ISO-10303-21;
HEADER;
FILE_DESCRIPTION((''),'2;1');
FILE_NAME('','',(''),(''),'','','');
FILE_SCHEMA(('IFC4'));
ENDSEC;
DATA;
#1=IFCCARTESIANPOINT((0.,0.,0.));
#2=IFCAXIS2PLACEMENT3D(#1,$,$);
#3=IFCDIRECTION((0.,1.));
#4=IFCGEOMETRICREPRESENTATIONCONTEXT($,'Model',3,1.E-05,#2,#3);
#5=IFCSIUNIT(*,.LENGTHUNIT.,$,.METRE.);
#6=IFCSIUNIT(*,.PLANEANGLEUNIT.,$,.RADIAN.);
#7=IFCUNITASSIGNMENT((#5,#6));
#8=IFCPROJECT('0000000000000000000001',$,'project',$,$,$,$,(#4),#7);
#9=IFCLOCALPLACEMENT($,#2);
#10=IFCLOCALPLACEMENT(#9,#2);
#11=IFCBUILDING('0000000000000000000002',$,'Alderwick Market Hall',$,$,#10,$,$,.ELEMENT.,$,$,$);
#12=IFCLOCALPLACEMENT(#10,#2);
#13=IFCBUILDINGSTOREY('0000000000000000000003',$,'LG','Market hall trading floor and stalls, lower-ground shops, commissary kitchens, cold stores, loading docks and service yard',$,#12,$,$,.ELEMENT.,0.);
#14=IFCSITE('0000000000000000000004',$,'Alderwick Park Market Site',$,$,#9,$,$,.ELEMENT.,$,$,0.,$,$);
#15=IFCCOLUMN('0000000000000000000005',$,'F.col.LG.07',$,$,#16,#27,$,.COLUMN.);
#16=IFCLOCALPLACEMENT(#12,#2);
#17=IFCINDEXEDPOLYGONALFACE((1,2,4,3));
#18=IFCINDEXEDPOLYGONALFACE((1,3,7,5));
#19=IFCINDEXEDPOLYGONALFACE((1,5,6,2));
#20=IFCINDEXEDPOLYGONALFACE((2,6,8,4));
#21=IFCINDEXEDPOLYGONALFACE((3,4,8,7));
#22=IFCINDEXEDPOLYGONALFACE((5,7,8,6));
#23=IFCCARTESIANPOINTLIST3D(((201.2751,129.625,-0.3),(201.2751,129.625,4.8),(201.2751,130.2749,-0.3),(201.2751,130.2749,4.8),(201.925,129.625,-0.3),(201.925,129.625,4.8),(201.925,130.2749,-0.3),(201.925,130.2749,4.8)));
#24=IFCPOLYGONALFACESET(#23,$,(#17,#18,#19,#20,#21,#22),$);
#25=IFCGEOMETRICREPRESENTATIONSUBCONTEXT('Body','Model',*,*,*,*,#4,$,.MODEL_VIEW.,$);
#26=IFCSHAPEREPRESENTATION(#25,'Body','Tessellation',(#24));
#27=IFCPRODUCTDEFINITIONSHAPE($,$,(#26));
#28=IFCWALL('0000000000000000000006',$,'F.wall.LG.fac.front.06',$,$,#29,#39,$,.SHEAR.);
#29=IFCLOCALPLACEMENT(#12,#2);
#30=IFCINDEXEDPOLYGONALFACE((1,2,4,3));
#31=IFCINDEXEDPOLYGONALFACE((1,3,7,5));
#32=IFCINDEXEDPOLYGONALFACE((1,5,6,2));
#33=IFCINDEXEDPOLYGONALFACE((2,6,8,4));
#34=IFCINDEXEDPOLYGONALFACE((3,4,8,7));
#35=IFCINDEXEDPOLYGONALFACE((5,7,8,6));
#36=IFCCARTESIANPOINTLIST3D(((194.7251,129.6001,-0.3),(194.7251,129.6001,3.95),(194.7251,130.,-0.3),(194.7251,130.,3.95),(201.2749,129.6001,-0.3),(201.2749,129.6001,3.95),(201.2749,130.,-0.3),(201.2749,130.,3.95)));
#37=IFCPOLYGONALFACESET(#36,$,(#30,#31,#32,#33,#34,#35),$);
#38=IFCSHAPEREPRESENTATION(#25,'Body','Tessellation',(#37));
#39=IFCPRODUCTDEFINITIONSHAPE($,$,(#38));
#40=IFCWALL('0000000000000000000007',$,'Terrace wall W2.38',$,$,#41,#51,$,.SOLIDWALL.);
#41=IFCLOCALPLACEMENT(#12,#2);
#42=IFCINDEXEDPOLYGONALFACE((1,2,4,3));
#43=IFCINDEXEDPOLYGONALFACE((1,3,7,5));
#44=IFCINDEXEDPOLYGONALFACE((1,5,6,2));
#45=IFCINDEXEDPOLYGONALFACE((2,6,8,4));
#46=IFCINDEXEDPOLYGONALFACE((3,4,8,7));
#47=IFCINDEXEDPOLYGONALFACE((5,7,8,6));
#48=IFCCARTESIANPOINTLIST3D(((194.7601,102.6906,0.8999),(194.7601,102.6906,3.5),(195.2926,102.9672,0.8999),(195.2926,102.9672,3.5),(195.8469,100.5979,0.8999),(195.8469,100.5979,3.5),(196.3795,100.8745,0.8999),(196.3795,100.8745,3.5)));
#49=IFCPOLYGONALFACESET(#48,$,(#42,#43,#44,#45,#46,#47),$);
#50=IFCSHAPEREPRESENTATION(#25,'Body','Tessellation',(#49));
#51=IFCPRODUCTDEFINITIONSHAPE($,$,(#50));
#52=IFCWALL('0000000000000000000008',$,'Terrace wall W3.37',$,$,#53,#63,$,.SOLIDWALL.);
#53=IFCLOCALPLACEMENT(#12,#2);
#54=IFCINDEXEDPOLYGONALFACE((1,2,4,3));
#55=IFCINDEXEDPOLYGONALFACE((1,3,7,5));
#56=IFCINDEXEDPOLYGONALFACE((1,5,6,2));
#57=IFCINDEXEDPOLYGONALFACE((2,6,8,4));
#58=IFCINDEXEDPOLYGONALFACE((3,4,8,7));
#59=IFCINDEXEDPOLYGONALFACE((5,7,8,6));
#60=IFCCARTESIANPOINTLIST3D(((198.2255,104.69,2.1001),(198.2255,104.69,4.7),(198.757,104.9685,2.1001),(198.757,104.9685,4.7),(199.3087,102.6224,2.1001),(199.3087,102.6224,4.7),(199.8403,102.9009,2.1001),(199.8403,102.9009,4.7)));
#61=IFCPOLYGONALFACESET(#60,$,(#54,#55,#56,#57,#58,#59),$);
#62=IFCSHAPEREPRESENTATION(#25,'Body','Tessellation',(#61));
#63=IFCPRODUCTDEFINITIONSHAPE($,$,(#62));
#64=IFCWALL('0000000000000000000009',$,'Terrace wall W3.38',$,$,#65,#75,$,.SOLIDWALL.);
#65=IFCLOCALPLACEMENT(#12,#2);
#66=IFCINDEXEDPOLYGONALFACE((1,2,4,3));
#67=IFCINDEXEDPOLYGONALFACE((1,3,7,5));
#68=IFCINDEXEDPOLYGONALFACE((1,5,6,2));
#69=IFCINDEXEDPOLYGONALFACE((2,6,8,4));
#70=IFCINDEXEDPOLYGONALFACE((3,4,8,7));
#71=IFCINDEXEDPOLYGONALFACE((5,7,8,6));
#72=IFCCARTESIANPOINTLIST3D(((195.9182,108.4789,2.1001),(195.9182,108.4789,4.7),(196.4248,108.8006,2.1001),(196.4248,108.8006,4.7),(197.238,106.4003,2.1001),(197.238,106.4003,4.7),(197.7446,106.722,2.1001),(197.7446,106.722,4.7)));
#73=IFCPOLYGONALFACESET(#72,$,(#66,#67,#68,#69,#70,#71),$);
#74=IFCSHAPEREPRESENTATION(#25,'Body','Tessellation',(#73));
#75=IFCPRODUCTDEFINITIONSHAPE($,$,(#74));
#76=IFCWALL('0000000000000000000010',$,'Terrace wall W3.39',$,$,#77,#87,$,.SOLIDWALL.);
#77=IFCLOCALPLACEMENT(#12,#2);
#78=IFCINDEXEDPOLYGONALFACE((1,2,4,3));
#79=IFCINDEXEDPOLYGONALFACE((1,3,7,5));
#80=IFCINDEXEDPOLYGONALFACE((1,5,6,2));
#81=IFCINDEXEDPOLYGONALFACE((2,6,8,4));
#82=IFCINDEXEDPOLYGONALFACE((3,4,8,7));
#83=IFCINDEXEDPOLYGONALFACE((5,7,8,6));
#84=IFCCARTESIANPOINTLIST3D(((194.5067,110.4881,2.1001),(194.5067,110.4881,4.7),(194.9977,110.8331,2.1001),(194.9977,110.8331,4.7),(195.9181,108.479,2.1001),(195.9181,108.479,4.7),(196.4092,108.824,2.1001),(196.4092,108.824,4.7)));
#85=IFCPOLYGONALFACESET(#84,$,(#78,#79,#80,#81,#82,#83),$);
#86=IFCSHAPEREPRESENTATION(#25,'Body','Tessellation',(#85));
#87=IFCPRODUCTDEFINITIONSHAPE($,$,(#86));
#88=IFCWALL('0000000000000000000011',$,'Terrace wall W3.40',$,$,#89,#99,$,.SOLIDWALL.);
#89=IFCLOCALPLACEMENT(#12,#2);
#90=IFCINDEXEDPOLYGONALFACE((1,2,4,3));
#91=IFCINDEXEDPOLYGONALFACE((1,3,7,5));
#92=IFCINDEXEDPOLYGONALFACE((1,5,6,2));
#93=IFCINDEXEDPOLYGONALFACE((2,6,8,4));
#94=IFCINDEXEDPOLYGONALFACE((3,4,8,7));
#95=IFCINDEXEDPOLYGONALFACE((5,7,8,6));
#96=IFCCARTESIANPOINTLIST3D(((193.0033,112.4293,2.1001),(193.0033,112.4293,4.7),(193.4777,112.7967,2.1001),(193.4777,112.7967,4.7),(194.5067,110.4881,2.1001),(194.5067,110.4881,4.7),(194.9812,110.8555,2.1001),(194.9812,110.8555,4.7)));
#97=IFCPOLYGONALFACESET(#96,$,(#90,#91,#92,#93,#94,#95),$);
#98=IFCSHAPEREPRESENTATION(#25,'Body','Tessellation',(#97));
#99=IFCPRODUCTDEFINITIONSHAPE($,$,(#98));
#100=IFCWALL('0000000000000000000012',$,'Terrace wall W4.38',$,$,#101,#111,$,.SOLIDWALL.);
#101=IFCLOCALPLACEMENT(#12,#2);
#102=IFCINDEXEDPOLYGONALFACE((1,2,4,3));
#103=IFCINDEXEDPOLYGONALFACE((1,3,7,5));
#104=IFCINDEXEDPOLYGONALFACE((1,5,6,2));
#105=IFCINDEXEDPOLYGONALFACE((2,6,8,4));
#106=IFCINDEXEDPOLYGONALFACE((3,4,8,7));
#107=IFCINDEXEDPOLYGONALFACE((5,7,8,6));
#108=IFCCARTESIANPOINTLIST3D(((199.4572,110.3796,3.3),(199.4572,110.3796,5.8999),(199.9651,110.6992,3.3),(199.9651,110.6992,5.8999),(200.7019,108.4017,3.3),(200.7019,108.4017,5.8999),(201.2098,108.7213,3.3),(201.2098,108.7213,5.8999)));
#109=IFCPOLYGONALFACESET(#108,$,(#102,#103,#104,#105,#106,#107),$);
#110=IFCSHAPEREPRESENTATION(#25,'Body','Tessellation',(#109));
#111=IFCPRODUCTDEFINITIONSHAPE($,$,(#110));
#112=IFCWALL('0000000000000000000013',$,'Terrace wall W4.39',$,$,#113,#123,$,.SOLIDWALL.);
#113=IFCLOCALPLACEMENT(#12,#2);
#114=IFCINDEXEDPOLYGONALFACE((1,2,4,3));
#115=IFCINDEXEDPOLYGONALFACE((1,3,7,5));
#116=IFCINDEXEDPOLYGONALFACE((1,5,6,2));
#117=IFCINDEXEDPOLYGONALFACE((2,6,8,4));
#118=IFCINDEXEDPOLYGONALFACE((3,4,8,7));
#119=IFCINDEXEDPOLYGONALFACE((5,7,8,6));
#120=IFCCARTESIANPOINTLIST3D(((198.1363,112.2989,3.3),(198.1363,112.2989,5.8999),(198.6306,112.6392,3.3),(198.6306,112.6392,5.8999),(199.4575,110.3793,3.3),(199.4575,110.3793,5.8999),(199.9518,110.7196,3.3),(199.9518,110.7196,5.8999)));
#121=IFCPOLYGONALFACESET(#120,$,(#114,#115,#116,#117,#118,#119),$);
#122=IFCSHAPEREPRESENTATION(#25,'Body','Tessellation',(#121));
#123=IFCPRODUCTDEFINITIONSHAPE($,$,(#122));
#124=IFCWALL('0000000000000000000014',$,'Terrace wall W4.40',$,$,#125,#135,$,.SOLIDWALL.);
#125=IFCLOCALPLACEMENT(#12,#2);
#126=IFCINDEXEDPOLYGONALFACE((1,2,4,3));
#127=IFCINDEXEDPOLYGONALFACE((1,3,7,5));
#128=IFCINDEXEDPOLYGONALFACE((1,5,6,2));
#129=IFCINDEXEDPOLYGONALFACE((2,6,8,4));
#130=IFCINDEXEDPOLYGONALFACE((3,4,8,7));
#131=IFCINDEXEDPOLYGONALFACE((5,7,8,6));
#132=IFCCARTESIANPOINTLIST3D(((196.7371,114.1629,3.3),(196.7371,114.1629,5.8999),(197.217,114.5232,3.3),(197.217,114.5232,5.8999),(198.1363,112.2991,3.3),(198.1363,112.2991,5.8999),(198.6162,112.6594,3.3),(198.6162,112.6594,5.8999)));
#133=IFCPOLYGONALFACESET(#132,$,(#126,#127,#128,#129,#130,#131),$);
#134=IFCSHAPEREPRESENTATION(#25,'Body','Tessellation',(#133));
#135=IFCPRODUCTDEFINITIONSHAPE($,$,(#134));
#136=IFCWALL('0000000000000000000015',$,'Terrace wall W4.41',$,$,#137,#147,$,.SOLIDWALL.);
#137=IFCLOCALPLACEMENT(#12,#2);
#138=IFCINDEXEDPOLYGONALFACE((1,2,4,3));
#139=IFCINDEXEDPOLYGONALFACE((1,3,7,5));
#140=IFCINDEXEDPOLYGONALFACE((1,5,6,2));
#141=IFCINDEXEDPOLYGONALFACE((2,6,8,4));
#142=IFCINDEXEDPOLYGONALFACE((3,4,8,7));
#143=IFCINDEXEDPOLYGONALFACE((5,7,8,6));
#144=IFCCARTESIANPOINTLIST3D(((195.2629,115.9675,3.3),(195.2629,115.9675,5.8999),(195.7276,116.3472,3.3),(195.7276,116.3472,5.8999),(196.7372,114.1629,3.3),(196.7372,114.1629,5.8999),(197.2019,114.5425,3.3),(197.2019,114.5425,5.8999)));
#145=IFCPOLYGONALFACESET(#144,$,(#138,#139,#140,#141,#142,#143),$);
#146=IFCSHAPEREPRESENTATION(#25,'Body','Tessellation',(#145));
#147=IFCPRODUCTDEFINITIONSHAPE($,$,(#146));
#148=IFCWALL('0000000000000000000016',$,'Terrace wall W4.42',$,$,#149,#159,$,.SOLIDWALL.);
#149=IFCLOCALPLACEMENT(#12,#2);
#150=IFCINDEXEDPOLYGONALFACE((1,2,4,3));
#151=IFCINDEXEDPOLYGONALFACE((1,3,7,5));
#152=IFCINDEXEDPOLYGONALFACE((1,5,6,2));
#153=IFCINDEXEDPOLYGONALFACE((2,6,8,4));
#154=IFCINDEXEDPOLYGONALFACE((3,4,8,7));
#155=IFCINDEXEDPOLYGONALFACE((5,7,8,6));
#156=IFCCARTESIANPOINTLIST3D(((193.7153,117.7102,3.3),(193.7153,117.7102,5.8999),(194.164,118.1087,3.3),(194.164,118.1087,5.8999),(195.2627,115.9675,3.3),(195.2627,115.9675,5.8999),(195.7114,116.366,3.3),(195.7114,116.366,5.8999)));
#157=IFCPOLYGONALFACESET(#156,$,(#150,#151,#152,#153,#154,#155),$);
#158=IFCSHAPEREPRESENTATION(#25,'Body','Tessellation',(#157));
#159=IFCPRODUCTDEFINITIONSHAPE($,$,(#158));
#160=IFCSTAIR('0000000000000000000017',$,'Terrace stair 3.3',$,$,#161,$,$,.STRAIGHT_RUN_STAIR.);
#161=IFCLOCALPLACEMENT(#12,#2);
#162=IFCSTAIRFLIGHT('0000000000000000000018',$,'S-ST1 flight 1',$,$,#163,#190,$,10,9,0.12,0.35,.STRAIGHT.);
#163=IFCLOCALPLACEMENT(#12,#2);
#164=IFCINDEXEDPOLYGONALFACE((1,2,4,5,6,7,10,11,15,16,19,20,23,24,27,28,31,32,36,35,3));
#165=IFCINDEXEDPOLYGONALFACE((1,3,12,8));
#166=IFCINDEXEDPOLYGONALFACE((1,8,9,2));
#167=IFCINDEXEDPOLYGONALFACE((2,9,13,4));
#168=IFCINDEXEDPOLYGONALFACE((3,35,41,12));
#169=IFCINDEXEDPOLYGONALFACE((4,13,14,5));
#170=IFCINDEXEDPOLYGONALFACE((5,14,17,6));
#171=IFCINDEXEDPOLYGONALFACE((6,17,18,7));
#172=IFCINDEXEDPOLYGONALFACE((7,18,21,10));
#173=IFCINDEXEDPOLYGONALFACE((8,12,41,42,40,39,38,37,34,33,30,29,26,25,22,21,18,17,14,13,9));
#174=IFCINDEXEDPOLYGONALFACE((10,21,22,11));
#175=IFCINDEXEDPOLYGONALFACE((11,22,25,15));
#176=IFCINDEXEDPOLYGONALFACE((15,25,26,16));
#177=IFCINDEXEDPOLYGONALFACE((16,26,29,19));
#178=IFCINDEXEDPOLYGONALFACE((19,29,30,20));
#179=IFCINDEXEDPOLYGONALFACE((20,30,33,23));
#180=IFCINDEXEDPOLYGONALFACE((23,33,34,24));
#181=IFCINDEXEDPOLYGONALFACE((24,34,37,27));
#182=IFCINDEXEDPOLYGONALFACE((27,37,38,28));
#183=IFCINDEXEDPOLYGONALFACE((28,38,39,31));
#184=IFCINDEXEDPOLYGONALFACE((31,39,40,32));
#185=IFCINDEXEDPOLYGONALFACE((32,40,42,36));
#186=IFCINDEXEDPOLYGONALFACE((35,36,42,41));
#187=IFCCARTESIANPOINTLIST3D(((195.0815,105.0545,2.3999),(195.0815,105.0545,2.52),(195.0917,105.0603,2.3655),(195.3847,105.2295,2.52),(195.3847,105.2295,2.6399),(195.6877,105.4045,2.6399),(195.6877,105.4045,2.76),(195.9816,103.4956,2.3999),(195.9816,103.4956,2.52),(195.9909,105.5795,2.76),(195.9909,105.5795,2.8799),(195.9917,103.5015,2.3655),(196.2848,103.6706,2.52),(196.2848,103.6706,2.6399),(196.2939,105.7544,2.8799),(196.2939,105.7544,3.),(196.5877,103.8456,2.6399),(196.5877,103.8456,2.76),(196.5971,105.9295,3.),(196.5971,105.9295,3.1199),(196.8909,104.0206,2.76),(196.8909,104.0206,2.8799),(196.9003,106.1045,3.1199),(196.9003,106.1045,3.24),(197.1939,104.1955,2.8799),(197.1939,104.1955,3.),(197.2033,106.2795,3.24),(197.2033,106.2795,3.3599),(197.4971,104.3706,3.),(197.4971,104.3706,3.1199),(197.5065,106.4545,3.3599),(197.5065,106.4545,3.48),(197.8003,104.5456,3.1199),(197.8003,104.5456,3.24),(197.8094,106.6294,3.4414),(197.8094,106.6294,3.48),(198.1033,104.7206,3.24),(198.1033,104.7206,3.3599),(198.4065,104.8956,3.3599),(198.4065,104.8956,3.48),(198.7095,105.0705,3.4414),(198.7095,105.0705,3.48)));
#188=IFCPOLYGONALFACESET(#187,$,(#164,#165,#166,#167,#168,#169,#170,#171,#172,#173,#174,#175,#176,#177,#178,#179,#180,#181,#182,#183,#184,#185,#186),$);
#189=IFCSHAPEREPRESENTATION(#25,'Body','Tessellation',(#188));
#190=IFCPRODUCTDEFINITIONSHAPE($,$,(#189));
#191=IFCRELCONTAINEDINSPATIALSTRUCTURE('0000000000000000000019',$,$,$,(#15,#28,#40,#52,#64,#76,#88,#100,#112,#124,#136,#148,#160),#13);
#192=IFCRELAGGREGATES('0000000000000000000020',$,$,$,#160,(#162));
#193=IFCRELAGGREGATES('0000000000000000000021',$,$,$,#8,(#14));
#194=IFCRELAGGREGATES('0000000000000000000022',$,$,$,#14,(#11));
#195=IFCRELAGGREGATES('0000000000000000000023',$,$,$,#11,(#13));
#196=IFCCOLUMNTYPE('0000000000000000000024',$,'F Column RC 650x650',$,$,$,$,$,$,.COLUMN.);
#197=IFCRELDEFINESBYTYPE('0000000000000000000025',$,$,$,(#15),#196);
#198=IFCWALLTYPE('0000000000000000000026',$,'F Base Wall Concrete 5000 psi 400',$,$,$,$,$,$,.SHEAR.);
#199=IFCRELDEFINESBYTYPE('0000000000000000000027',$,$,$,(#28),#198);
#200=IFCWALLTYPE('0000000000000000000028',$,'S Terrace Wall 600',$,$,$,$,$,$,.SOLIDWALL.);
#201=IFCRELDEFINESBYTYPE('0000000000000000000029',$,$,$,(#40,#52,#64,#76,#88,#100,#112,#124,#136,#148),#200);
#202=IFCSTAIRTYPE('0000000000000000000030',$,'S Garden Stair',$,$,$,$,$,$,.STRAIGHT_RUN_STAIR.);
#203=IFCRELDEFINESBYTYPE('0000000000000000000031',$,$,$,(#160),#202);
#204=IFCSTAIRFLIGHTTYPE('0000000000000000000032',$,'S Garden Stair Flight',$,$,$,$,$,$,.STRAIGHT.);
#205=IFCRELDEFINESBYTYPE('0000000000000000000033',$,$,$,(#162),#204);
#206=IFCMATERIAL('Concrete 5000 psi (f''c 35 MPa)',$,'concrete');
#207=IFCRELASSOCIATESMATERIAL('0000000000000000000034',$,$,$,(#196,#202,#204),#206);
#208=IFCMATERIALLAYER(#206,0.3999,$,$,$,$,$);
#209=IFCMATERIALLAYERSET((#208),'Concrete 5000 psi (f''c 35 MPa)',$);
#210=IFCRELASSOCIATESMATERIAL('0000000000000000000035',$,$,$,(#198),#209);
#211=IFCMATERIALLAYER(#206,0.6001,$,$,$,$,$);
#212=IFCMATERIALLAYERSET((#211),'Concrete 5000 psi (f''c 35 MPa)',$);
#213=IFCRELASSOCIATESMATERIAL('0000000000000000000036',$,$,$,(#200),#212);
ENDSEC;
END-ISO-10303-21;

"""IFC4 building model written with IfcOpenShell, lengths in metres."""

from ifc_helpers import new_model, si_unit, direction, frame, frame_2d, origin, origin_2d, place, context, subcontext, project, spatial, polyline, rectangle, outline, extrude, material, layer, layer_set, material_profile, profile_set, type_object, element, aggregate, save


model = new_model("IFC4")

# Units and contexts
model_context = context("Model", 3, precision=1e-05, world=origin(), true_north=direction((0.0, 1.0)))
body_context = subcontext(model_context, "Body", "Model", "MODEL_VIEW")
ifc_project = project(units=[si_unit("LENGTHUNIT", "METRE"), si_unit("PLANEANGLEUNIT", "RADIAN")], contexts=[model_context])

# Site, building, storey
site_placement = place(None, origin())
site = spatial("IfcSite", under=ifc_project, at=site_placement, Name="Alderwick Park Market Site", CompositionType="ELEMENT", RefElevation=0.0)
building_placement = place(site_placement, origin())
building = spatial("IfcBuilding", under=site, at=building_placement, Name="Alderwick Market Hall", CompositionType="ELEMENT")
storey_placement = place(building_placement, origin())
storey = spatial("IfcBuildingStorey", under=building, at=storey_placement, Name="LG", Description="Market hall trading floor and stalls, lower-ground shops, commissary kitchens, cold stores, loading docks and service yard", CompositionType="ELEMENT", Elevation=0.0)

# Column
ifc_material_1 = material(Name="Concrete 5000 psi (f'c 35 MPa)", Category="concrete")
ifc_material_profile = material_profile(ifc_material_1, rectangle(XDim=0.6499, YDim=0.6499, at=origin_2d()), Name="RC 650x650")
ifc_profile_set = profile_set([ifc_material_profile], Name="Concrete 5000 psi (f'c 35 MPa)")
column_type = type_object("IfcColumnType", Name="F Column RC 650x650", PredefinedType="COLUMN", material=ifc_profile_set)
column_placement = place(storey_placement, frame((201.6001, 129.95, -0.3), z_axis=(0.0, 0.0, 1.0), x_axis=(1.0, 0.0, 0.0)))
element("IfcColumn", 1, at=column_placement, inside=storey, type_object=column_type, Name="F.col.LG.07", PredefinedType="COLUMN", context=body_context, shape_type="SweptSolid", body=[
    extrude(rectangle(XDim=0.6499, YDim=0.6499, at=origin_2d()), origin(), (0.0, 0.0, 1.0), 5.1001),
])

# Walls
ifc_layer_1 = layer(ifc_material_1, 0.3999)
ifc_layer_set_1 = layer_set([ifc_layer_1], Name="Concrete 5000 psi (f'c 35 MPa)")
wall_type_1 = type_object("IfcWallType", Name="F Base Wall Concrete 5000 psi 400", PredefinedType="SHEAR", material=ifc_layer_set_1)
wall_1_placement = place(storey_placement, frame((201.2749, 129.8, -0.3), z_axis=(0.0, 0.0, 1.0), x_axis=(-1.0, 0.0, 0.0)))
element("IfcWall", 2, at=wall_1_placement, inside=storey, type_object=wall_type_1, Name="F.wall.LG.fac.front.06", PredefinedType="SHEAR", context=body_context, shape_type="SweptSolid", body=[
    extrude(rectangle(XDim=6.5498, YDim=0.3999, at=frame_2d((3.2749, 0.0))), origin(), (0.0, 0.0, 1.0), 4.25),
])
ifc_layer_2 = layer(ifc_material_1, 0.6001)
ifc_layer_set_2 = layer_set([ifc_layer_2], Name="Concrete 5000 psi (f'c 35 MPa)")
wall_type_2 = type_object("IfcWallType", Name="S Terrace Wall 600", PredefinedType="SOLIDWALL", material=ifc_layer_set_2)
wall_2_placement = place(storey_placement, frame((196.1133, 100.7361, 0.8999), z_axis=(0.0, 0.0, 1.0), x_axis=(-0.460909, 0.887447, 0.0)))
element("IfcWall", 3, at=wall_2_placement, inside=storey, type_object=wall_type_2, Name="Terrace wall W2.38", PredefinedType="SOLIDWALL", context=body_context, shape_type="SweptSolid", body=[
    extrude(rectangle(XDim=2.3582, YDim=0.6001, at=frame_2d((1.1792, 0.0))), origin(), (0.0, 0.0, 1.0), 2.6001),
])
wall_3_placement = place(storey_placement, frame((199.5745, 102.7617, 2.1001), z_axis=(0.0, 0.0, 1.0), x_axis=(-0.464077, 0.885795, 0.0)))
element("IfcWall", 4, at=wall_3_placement, inside=storey, type_object=wall_type_2, Name="Terrace wall W3.37", PredefinedType="SOLIDWALL", context=body_context, shape_type="SweptSolid", body=[
    extrude(rectangle(XDim=2.3342, YDim=0.6001, at=frame_2d((1.167, 0.0))), origin(), (0.0, 0.0, 1.0), 2.5999),
])
wall_4_placement = place(storey_placement, frame((197.4912, 106.5613, 2.1001), z_axis=(0.0, 0.0, 1.0), x_axis=(-0.536028, 0.8442, 0.0)))
element("IfcWall", 5, at=wall_4_placement, inside=storey, type_object=wall_type_2, Name="Terrace wall W3.38", PredefinedType="SOLIDWALL", context=body_context, shape_type="SweptSolid", body=[
    extrude(rectangle(XDim=2.4622, YDim=0.6001, at=frame_2d((1.231, 0.0))), origin(), (0.0, 0.0, 1.0), 2.5999),
])
for number, where, z_axis, x_axis, name in (
    (6, (196.1636, 108.6516, 2.1001), (0.0, 0.0, 1.0), (-0.574843, 0.818264, 0.0), "Terrace wall W3.39"),
    (7, (194.7439, 110.6719, 2.1001), (0.0, 0.0, 1.0), (-0.612322, 0.790609, 0.0), "Terrace wall W3.40"),
):
    element("IfcWall", number, at=place(storey_placement, frame(where, z_axis=z_axis, x_axis=x_axis)), inside=storey, type_object=wall_type_2, Name=name, PredefinedType="SOLIDWALL", context=body_context, shape_type="SweptSolid", body=[
        extrude(rectangle(XDim=2.4553, YDim=0.6001, at=frame_2d((1.2275, 0.0))), origin(), (0.0, 0.0, 1.0), 2.5999),
    ])
wall_5_placement = place(storey_placement, frame((200.9558, 108.5615, 3.3), z_axis=(0.0, 0.0, 1.0), x_axis=(-0.532617, 0.846357, 0.0)))
element("IfcWall", 8, at=wall_5_placement, inside=storey, type_object=wall_type_2, Name="Terrace wall W4.38", PredefinedType="SOLIDWALL", context=body_context, shape_type="SweptSolid", body=[
    extrude(rectangle(XDim=2.3369, YDim=0.6001, at=frame_2d((1.1685, 0.0))), origin(), (0.0, 0.0, 1.0), 2.5999),
])
wall_6_placement = place(storey_placement, frame((199.7046, 110.5496, 3.3), z_axis=(0.0, 0.0, 1.0), x_axis=(-0.566969, 0.823739, 0.0)))
element("IfcWall", 9, at=wall_6_placement, inside=storey, type_object=wall_type_2, Name="Terrace wall W4.39", PredefinedType="SOLIDWALL", context=body_context, shape_type="SweptSolid", body=[
    extrude(rectangle(XDim=2.3303, YDim=0.6001, at=frame_2d((1.165, 0.0))), origin(), (0.0, 0.0, 1.0), 2.5999),
])
wall_7_placement = place(storey_placement, frame((198.3762, 112.4792, 3.3), z_axis=(0.0, 0.0, 1.0), x_axis=(-0.600369, 0.799723, 0.0)))
element("IfcWall", 10, at=wall_7_placement, inside=storey, type_object=wall_type_2, Name="Terrace wall W4.40", PredefinedType="SOLIDWALL", context=body_context, shape_type="SweptSolid", body=[
    extrude(rectangle(XDim=2.3306, YDim=0.6001, at=frame_2d((1.1653, 0.0))), origin(), (0.0, 0.0, 1.0), 2.5999),
])
wall_8_placement = place(storey_placement, frame((196.9695, 114.3528, 3.3), z_axis=(0.0, 0.0, 1.0), x_axis=(-0.632673, 0.774419, 0.0)))
element("IfcWall", 11, at=wall_8_placement, inside=storey, type_object=wall_type_2, Name="Terrace wall W4.41", PredefinedType="SOLIDWALL", context=body_context, shape_type="SweptSolid", body=[
    extrude(rectangle(XDim=2.3303, YDim=0.6001, at=frame_2d((1.165, 0.0))), origin(), (0.0, 0.0, 1.0), 2.5999),
])
wall_9_placement = place(storey_placement, frame((195.4871, 116.1667, 3.3), z_axis=(0.0, 0.0, 1.0), x_axis=(-0.663961, 0.747768, 0.0)))
element("IfcWall", 12, at=wall_9_placement, inside=storey, type_object=wall_type_2, Name="Terrace wall W4.42", PredefinedType="SOLIDWALL", context=body_context, shape_type="SweptSolid", body=[
    extrude(rectangle(XDim=2.3306, YDim=0.6001, at=frame_2d((1.1653, 0.0))), origin(), (0.0, 0.0, 1.0), 2.5999),
])

# Stair, stair flight
stair_type = type_object("IfcStairType", Name="S Garden Stair", PredefinedType="STRAIGHT_RUN_STAIR", material=ifc_material_1)
stair_1_placement = place(storey_placement, origin())
stair_1 = element("IfcStair", 13, at=stair_1_placement, inside=storey, type_object=stair_type, Name="Terrace stair 3.3", PredefinedType="STRAIGHT_RUN_STAIR")
stair_flight_type = type_object("IfcStairFlightType", Name="S Garden Stair Flight", PredefinedType="STRAIGHT", material=ifc_material_1)
stair_flight_1_placement = place(storey_placement, frame((195.5315, 104.2751, 2.3999), z_axis=(0.0, 0.0, 1.0), x_axis=(0.866025, 0.5, 0.0)))
stair_flight_1 = element("IfcStairFlight", 14, at=stair_flight_1_placement, type_object=stair_flight_type, Name="S-ST1 flight 1", NumberOfRisers=10, NumberOfTreads=9, PredefinedType="STRAIGHT", RiserHeight=0.12, TreadLength=0.35, context=body_context, shape_type="SweptSolid", body=[
    extrude(outline(polyline([(0.0117, -0.0344), (0.0, 0.0), (0.0, 0.1201), (0.3501, 0.1201), (0.3501, 0.24), (0.7, 0.24), (0.7, 0.3601), (1.05, 0.3601), (1.05, 0.48), (1.3999, 0.48), (1.3999, 0.6001), (1.75, 0.6001), (1.75, 0.72), (2.1001, 0.72), (2.1001, 0.8401), (2.45, 0.8401), (2.45, 0.96), (2.8, 0.96), (2.8, 1.0801), (3.1499, 1.0801), (3.1499, 1.0415), (0.0117, -0.0344)])), frame((0.0, 0.8999, 0.0), z_axis=(0.0, -1.0, 0.0), x_axis=(1.0, 0.0, 0.0)), (0.0, 0.0, 1.0), 1.8),
])

aggregate(stair_1, [stair_flight_1])

save(model, "model.ifc")
